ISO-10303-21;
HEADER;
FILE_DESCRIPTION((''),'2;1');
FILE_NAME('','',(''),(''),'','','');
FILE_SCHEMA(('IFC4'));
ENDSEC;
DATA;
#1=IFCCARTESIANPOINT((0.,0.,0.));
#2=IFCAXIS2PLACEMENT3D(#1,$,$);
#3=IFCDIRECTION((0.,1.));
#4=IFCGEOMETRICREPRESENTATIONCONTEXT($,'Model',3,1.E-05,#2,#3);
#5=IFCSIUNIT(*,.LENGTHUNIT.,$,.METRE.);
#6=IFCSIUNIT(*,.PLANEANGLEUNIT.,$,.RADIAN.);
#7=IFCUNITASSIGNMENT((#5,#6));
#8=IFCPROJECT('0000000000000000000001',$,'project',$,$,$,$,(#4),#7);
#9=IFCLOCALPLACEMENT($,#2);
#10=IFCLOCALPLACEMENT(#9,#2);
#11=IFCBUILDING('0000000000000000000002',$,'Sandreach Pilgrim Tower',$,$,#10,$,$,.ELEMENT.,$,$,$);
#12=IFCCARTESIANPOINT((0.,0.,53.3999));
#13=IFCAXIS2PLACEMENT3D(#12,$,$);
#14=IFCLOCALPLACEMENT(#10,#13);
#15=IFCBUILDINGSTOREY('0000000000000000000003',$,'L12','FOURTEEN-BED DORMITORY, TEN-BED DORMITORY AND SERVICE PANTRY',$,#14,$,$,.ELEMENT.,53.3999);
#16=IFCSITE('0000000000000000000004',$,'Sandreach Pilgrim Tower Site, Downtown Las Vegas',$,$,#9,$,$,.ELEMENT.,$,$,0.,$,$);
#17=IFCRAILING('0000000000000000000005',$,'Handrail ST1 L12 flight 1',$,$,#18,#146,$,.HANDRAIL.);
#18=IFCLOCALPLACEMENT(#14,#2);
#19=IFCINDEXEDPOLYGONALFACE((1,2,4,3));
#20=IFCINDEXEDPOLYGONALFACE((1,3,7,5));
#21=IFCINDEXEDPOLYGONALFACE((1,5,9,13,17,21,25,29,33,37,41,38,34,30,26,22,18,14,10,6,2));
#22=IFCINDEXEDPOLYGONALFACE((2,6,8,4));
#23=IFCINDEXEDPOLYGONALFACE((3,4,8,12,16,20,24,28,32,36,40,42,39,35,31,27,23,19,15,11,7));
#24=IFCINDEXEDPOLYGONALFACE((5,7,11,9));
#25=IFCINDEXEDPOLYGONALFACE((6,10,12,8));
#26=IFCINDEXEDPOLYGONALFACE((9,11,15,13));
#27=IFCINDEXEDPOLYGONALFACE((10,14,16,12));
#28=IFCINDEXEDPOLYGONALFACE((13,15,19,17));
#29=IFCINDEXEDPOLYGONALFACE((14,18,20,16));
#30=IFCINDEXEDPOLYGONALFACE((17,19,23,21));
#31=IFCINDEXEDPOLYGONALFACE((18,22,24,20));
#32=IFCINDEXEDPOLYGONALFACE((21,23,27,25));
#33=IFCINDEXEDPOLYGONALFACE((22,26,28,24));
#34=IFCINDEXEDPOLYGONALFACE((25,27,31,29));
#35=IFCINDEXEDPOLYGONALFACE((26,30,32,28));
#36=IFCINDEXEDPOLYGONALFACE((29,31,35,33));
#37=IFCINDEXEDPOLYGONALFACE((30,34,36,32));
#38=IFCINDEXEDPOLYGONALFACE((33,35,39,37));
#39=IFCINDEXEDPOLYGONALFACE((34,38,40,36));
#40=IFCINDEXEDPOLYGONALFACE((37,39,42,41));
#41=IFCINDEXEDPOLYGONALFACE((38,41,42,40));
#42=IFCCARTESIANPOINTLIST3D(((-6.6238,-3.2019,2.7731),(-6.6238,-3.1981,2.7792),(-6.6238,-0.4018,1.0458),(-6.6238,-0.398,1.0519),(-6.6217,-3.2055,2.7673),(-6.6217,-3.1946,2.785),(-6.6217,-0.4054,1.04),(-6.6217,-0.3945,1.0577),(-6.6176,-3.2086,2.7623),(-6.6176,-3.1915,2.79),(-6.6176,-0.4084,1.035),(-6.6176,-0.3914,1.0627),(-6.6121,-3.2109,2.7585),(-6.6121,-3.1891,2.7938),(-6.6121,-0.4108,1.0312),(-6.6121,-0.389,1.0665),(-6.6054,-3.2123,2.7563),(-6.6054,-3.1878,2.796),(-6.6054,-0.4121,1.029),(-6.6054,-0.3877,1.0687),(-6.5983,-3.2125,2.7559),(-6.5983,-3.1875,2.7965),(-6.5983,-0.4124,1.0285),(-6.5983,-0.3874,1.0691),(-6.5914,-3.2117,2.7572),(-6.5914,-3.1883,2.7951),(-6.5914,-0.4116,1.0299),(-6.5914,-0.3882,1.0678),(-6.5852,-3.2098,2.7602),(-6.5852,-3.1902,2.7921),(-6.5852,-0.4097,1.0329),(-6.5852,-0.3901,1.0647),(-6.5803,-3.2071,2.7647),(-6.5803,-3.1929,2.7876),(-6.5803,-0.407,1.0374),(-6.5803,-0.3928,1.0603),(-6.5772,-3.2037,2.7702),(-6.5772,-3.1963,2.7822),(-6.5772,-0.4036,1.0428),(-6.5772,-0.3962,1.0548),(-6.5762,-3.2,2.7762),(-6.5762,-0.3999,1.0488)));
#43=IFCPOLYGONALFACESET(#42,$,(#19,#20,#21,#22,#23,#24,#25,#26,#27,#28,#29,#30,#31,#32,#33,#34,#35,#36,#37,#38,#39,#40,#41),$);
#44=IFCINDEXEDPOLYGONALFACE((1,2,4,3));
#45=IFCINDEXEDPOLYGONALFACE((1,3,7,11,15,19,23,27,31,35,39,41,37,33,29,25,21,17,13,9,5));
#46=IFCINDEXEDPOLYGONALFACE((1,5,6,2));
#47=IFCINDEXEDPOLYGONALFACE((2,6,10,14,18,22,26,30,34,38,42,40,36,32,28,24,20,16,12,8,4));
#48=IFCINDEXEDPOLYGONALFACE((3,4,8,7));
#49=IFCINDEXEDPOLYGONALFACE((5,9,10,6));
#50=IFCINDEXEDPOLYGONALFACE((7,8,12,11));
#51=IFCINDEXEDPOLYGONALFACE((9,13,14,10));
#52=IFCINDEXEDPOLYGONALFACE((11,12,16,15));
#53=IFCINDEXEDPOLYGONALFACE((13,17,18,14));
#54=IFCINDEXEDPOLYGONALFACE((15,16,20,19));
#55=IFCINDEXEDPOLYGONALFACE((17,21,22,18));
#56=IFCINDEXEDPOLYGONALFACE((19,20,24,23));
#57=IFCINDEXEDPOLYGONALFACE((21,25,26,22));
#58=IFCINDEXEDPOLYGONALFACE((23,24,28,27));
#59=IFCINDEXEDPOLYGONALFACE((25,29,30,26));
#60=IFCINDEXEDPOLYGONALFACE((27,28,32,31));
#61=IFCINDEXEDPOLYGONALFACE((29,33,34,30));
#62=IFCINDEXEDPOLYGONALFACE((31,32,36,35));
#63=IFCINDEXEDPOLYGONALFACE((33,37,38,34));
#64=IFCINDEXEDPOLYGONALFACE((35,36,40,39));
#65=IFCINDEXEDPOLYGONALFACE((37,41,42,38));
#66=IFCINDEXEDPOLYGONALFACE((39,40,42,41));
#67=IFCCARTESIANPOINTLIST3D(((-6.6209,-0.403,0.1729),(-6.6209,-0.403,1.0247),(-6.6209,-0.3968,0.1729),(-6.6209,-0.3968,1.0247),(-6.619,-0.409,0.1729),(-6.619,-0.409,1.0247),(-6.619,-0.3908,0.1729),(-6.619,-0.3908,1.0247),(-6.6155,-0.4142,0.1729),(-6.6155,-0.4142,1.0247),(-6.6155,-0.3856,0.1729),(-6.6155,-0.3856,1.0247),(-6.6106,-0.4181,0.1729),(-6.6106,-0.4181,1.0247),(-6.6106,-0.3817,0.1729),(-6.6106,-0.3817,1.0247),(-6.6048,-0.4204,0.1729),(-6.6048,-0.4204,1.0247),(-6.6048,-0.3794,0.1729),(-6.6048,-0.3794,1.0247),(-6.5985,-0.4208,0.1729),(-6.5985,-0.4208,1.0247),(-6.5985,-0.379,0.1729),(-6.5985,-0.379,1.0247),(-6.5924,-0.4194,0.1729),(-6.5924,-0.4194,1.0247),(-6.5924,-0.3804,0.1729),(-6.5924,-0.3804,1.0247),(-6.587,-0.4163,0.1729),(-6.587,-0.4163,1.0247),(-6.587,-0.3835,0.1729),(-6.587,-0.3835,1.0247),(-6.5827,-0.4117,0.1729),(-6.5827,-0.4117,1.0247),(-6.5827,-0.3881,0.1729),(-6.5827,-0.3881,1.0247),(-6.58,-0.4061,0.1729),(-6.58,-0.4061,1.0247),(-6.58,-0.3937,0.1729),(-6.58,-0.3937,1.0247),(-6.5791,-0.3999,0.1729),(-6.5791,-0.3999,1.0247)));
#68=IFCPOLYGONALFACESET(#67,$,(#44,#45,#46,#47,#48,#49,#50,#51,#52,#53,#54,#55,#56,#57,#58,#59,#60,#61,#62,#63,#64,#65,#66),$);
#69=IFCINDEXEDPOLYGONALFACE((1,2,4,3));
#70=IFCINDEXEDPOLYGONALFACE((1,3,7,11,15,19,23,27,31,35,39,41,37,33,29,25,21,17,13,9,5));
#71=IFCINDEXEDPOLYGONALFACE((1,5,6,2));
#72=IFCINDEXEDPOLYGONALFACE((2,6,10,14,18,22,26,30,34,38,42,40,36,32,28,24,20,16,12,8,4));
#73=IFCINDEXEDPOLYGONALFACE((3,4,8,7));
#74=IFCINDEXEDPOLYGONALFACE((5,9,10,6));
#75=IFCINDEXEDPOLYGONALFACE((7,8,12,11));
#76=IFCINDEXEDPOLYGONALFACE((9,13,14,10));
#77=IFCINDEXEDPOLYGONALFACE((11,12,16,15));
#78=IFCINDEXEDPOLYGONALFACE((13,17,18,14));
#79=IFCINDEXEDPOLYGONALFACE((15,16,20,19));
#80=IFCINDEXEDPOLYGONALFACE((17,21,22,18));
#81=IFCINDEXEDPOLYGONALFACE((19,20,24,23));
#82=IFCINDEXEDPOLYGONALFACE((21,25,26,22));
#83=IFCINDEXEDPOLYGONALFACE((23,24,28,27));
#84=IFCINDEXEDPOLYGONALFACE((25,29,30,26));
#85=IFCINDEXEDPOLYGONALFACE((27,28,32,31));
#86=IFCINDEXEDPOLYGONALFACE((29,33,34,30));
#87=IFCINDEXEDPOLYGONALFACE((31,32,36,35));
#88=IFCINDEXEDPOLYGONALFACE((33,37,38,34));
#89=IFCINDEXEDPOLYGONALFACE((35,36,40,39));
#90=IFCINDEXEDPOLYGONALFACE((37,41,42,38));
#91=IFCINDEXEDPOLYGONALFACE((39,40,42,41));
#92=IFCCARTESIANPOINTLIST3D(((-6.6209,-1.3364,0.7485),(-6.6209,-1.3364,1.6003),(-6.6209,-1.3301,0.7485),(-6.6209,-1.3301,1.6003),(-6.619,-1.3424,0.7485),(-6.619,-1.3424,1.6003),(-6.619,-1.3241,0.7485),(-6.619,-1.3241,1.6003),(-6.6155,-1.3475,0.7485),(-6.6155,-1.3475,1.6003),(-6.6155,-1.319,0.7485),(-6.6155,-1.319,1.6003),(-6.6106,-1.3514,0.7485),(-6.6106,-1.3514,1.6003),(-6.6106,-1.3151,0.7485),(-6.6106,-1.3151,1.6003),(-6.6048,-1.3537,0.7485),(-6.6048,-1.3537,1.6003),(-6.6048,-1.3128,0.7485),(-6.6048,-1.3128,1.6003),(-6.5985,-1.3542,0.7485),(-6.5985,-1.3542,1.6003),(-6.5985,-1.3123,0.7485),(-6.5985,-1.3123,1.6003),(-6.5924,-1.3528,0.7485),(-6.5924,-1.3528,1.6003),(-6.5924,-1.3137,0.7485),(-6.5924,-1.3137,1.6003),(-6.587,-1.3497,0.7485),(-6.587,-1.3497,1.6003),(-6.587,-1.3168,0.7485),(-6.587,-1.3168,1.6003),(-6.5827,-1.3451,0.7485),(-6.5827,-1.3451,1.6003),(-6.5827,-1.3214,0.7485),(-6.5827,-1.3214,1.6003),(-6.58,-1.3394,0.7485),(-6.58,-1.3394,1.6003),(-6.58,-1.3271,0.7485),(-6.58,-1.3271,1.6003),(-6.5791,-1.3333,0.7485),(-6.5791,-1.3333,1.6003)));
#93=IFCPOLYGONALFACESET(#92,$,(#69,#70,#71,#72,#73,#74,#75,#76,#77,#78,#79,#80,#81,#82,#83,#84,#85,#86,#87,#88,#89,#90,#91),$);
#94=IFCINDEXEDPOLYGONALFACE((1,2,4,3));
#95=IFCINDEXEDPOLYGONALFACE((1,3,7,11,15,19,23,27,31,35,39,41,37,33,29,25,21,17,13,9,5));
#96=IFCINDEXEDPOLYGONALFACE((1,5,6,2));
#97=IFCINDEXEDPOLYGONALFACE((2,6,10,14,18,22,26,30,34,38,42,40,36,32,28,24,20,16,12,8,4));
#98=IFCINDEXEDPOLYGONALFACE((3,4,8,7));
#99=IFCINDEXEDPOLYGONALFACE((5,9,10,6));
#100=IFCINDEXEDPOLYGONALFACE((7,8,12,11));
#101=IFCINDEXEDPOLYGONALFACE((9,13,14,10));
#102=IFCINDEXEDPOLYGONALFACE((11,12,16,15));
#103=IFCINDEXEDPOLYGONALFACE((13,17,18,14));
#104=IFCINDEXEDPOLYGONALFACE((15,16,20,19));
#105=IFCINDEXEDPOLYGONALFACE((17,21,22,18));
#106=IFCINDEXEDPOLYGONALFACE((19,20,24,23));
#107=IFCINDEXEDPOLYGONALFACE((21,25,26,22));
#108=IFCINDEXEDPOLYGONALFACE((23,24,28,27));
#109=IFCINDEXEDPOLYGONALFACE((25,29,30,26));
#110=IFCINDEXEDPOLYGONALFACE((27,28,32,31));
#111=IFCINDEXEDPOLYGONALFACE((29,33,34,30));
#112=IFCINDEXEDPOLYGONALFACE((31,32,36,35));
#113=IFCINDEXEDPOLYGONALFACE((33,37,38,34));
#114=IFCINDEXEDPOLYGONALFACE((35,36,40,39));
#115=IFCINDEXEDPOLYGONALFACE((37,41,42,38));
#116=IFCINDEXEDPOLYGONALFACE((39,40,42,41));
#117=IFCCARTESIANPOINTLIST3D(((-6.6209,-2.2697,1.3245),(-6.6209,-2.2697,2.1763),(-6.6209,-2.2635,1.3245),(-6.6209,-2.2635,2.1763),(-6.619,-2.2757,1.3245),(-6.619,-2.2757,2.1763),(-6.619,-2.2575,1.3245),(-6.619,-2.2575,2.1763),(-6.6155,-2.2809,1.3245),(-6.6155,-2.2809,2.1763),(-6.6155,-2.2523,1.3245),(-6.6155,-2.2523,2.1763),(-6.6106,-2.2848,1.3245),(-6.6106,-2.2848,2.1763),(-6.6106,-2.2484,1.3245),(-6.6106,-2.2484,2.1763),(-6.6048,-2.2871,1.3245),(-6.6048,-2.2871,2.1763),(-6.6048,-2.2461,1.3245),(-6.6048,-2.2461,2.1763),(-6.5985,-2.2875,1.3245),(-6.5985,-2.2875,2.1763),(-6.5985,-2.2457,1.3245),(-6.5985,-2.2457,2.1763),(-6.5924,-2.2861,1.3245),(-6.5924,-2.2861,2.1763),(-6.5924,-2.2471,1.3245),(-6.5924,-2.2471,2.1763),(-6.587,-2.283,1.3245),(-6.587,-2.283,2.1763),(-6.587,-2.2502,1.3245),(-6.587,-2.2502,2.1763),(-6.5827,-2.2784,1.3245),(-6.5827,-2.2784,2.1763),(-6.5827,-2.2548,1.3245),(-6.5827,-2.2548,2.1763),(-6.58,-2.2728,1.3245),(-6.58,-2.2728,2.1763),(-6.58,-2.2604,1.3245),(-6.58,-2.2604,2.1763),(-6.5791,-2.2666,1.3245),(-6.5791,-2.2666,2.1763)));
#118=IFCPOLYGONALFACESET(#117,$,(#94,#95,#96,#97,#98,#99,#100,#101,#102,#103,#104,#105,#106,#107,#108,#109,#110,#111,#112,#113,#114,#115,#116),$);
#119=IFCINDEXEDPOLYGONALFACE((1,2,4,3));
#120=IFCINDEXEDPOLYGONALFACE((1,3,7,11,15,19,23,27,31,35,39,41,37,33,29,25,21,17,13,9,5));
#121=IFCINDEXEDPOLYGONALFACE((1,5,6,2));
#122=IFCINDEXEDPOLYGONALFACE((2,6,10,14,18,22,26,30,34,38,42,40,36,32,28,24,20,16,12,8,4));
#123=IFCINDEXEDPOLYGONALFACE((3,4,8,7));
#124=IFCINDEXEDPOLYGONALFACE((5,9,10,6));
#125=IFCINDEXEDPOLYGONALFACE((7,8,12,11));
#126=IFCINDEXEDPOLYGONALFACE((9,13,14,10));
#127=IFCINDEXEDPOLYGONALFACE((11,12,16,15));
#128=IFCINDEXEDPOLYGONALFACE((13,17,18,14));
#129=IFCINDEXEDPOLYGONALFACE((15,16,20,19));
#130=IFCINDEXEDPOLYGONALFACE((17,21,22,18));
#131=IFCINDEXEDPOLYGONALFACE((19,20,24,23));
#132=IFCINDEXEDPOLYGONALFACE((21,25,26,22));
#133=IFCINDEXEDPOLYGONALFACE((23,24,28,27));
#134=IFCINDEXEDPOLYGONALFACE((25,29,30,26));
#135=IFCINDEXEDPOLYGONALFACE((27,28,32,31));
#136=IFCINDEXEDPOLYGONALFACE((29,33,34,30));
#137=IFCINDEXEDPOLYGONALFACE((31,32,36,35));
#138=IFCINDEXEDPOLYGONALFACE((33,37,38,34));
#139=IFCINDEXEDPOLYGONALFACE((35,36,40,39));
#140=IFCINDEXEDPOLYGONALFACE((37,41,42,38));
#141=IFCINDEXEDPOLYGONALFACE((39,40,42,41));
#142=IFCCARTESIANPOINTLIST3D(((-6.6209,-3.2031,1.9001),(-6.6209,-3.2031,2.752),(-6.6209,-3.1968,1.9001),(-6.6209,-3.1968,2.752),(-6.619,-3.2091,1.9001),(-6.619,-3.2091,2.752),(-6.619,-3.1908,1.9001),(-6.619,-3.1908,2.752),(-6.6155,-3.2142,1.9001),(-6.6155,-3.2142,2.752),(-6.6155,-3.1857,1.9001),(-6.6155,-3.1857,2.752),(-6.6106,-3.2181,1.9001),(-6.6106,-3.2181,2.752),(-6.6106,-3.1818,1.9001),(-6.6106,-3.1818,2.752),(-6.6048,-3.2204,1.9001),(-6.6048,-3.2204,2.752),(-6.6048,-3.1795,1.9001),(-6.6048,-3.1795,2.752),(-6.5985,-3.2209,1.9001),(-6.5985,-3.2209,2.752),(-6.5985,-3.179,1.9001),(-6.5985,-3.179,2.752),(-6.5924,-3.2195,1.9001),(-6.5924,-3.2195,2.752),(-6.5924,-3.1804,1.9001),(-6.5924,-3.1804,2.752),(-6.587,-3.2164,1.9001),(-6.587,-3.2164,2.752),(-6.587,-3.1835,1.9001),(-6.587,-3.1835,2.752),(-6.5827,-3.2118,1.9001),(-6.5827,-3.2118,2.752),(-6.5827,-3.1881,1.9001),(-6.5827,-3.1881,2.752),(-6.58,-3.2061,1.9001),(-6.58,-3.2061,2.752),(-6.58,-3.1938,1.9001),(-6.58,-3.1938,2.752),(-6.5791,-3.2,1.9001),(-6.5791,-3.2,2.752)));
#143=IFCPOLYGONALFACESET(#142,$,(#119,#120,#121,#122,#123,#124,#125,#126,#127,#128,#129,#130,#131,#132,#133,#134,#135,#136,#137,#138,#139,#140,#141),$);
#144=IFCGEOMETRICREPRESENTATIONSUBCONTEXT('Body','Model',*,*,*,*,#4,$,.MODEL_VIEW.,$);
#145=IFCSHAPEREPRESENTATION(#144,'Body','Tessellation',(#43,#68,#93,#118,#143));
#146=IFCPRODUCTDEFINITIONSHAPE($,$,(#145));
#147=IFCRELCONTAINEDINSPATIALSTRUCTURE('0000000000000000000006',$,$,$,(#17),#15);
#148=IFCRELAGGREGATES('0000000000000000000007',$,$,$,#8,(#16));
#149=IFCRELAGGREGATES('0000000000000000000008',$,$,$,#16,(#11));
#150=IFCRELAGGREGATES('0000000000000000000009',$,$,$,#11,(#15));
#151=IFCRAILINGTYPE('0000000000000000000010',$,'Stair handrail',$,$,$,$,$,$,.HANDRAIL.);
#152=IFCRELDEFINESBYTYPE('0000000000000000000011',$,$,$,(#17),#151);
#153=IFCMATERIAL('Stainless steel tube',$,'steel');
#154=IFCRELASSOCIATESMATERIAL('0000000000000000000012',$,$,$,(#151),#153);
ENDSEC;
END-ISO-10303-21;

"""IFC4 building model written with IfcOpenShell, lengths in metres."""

from ifc_helpers import new_model, si_unit, direction, frame, origin, origin_2d, place, context, subcontext, project, spatial, circle, extrude, material, type_object, element, save


model = new_model("IFC4")

# Units and contexts
model_context = context("Model", 3, precision=1e-05, world=origin(), true_north=direction((0.0, 1.0)))
body_context = subcontext(model_context, "Body", "Model", "MODEL_VIEW")
ifc_project = project(units=[si_unit("LENGTHUNIT", "METRE"), si_unit("PLANEANGLEUNIT", "RADIAN")], contexts=[model_context])

# Site, building, storey
site_placement = place(None, origin())
site = spatial("IfcSite", under=ifc_project, at=site_placement, Name="Sandreach Pilgrim Tower Site, Downtown Las Vegas", CompositionType="ELEMENT", RefElevation=0.0)
building_placement = place(site_placement, origin())
building = spatial("IfcBuilding", under=site, at=building_placement, Name="Sandreach Pilgrim Tower", CompositionType="ELEMENT")
storey_placement = place(building_placement, frame((0.0, 0.0, 53.3999)))
storey = spatial("IfcBuildingStorey", under=building, at=storey_placement, Name="L12", Description="FOURTEEN-BED DORMITORY, TEN-BED DORMITORY AND SERVICE PANTRY", CompositionType="ELEMENT", Elevation=53.3999)

# Railing
ifc_material_1 = material(Name="Stainless steel tube", Category="steel")
railing_type = type_object("IfcRailingType", Name="Stair handrail", PredefinedType="HANDRAIL", material=ifc_material_1)
for number, where, name in (
    (1, (-6.6001, -0.3999, 0.1729), "Handrail ST1 L12 flight 1"),
):
    element("IfcRailing", number, at=place(storey_placement, frame(where)), inside=storey, type_object=railing_type, Name=name, PredefinedType="HANDRAIL", context=body_context, shape_type="SweptSolid", body=[
        extrude(circle(Radius=0.0239, at=origin_2d()), frame((0.0, 0.0, 0.876), z_axis=(0.0, -0.85109, 0.52502), x_axis=(1.0, 0.0, 0.0)), (0.0, 0.0, 1.0), 3.29),
        extrude(circle(Radius=0.021, at=origin_2d()), origin(), (0.0, 0.0, 1.0), 0.8518),
        extrude(circle(Radius=0.021, at=origin_2d()), frame((0.0, -0.9333, 0.5757)), (0.0, 0.0, 1.0), 0.8518),
        extrude(circle(Radius=0.021, at=origin_2d()), frame((0.0, -1.8667, 1.1516)), (0.0, 0.0, 1.0), 0.8518),
        extrude(circle(Radius=0.021, at=origin_2d()), frame((0.0, -2.8, 1.7273)), (0.0, 0.0, 1.0), 0.8518),
    ])

save(model, "model.ifc")
